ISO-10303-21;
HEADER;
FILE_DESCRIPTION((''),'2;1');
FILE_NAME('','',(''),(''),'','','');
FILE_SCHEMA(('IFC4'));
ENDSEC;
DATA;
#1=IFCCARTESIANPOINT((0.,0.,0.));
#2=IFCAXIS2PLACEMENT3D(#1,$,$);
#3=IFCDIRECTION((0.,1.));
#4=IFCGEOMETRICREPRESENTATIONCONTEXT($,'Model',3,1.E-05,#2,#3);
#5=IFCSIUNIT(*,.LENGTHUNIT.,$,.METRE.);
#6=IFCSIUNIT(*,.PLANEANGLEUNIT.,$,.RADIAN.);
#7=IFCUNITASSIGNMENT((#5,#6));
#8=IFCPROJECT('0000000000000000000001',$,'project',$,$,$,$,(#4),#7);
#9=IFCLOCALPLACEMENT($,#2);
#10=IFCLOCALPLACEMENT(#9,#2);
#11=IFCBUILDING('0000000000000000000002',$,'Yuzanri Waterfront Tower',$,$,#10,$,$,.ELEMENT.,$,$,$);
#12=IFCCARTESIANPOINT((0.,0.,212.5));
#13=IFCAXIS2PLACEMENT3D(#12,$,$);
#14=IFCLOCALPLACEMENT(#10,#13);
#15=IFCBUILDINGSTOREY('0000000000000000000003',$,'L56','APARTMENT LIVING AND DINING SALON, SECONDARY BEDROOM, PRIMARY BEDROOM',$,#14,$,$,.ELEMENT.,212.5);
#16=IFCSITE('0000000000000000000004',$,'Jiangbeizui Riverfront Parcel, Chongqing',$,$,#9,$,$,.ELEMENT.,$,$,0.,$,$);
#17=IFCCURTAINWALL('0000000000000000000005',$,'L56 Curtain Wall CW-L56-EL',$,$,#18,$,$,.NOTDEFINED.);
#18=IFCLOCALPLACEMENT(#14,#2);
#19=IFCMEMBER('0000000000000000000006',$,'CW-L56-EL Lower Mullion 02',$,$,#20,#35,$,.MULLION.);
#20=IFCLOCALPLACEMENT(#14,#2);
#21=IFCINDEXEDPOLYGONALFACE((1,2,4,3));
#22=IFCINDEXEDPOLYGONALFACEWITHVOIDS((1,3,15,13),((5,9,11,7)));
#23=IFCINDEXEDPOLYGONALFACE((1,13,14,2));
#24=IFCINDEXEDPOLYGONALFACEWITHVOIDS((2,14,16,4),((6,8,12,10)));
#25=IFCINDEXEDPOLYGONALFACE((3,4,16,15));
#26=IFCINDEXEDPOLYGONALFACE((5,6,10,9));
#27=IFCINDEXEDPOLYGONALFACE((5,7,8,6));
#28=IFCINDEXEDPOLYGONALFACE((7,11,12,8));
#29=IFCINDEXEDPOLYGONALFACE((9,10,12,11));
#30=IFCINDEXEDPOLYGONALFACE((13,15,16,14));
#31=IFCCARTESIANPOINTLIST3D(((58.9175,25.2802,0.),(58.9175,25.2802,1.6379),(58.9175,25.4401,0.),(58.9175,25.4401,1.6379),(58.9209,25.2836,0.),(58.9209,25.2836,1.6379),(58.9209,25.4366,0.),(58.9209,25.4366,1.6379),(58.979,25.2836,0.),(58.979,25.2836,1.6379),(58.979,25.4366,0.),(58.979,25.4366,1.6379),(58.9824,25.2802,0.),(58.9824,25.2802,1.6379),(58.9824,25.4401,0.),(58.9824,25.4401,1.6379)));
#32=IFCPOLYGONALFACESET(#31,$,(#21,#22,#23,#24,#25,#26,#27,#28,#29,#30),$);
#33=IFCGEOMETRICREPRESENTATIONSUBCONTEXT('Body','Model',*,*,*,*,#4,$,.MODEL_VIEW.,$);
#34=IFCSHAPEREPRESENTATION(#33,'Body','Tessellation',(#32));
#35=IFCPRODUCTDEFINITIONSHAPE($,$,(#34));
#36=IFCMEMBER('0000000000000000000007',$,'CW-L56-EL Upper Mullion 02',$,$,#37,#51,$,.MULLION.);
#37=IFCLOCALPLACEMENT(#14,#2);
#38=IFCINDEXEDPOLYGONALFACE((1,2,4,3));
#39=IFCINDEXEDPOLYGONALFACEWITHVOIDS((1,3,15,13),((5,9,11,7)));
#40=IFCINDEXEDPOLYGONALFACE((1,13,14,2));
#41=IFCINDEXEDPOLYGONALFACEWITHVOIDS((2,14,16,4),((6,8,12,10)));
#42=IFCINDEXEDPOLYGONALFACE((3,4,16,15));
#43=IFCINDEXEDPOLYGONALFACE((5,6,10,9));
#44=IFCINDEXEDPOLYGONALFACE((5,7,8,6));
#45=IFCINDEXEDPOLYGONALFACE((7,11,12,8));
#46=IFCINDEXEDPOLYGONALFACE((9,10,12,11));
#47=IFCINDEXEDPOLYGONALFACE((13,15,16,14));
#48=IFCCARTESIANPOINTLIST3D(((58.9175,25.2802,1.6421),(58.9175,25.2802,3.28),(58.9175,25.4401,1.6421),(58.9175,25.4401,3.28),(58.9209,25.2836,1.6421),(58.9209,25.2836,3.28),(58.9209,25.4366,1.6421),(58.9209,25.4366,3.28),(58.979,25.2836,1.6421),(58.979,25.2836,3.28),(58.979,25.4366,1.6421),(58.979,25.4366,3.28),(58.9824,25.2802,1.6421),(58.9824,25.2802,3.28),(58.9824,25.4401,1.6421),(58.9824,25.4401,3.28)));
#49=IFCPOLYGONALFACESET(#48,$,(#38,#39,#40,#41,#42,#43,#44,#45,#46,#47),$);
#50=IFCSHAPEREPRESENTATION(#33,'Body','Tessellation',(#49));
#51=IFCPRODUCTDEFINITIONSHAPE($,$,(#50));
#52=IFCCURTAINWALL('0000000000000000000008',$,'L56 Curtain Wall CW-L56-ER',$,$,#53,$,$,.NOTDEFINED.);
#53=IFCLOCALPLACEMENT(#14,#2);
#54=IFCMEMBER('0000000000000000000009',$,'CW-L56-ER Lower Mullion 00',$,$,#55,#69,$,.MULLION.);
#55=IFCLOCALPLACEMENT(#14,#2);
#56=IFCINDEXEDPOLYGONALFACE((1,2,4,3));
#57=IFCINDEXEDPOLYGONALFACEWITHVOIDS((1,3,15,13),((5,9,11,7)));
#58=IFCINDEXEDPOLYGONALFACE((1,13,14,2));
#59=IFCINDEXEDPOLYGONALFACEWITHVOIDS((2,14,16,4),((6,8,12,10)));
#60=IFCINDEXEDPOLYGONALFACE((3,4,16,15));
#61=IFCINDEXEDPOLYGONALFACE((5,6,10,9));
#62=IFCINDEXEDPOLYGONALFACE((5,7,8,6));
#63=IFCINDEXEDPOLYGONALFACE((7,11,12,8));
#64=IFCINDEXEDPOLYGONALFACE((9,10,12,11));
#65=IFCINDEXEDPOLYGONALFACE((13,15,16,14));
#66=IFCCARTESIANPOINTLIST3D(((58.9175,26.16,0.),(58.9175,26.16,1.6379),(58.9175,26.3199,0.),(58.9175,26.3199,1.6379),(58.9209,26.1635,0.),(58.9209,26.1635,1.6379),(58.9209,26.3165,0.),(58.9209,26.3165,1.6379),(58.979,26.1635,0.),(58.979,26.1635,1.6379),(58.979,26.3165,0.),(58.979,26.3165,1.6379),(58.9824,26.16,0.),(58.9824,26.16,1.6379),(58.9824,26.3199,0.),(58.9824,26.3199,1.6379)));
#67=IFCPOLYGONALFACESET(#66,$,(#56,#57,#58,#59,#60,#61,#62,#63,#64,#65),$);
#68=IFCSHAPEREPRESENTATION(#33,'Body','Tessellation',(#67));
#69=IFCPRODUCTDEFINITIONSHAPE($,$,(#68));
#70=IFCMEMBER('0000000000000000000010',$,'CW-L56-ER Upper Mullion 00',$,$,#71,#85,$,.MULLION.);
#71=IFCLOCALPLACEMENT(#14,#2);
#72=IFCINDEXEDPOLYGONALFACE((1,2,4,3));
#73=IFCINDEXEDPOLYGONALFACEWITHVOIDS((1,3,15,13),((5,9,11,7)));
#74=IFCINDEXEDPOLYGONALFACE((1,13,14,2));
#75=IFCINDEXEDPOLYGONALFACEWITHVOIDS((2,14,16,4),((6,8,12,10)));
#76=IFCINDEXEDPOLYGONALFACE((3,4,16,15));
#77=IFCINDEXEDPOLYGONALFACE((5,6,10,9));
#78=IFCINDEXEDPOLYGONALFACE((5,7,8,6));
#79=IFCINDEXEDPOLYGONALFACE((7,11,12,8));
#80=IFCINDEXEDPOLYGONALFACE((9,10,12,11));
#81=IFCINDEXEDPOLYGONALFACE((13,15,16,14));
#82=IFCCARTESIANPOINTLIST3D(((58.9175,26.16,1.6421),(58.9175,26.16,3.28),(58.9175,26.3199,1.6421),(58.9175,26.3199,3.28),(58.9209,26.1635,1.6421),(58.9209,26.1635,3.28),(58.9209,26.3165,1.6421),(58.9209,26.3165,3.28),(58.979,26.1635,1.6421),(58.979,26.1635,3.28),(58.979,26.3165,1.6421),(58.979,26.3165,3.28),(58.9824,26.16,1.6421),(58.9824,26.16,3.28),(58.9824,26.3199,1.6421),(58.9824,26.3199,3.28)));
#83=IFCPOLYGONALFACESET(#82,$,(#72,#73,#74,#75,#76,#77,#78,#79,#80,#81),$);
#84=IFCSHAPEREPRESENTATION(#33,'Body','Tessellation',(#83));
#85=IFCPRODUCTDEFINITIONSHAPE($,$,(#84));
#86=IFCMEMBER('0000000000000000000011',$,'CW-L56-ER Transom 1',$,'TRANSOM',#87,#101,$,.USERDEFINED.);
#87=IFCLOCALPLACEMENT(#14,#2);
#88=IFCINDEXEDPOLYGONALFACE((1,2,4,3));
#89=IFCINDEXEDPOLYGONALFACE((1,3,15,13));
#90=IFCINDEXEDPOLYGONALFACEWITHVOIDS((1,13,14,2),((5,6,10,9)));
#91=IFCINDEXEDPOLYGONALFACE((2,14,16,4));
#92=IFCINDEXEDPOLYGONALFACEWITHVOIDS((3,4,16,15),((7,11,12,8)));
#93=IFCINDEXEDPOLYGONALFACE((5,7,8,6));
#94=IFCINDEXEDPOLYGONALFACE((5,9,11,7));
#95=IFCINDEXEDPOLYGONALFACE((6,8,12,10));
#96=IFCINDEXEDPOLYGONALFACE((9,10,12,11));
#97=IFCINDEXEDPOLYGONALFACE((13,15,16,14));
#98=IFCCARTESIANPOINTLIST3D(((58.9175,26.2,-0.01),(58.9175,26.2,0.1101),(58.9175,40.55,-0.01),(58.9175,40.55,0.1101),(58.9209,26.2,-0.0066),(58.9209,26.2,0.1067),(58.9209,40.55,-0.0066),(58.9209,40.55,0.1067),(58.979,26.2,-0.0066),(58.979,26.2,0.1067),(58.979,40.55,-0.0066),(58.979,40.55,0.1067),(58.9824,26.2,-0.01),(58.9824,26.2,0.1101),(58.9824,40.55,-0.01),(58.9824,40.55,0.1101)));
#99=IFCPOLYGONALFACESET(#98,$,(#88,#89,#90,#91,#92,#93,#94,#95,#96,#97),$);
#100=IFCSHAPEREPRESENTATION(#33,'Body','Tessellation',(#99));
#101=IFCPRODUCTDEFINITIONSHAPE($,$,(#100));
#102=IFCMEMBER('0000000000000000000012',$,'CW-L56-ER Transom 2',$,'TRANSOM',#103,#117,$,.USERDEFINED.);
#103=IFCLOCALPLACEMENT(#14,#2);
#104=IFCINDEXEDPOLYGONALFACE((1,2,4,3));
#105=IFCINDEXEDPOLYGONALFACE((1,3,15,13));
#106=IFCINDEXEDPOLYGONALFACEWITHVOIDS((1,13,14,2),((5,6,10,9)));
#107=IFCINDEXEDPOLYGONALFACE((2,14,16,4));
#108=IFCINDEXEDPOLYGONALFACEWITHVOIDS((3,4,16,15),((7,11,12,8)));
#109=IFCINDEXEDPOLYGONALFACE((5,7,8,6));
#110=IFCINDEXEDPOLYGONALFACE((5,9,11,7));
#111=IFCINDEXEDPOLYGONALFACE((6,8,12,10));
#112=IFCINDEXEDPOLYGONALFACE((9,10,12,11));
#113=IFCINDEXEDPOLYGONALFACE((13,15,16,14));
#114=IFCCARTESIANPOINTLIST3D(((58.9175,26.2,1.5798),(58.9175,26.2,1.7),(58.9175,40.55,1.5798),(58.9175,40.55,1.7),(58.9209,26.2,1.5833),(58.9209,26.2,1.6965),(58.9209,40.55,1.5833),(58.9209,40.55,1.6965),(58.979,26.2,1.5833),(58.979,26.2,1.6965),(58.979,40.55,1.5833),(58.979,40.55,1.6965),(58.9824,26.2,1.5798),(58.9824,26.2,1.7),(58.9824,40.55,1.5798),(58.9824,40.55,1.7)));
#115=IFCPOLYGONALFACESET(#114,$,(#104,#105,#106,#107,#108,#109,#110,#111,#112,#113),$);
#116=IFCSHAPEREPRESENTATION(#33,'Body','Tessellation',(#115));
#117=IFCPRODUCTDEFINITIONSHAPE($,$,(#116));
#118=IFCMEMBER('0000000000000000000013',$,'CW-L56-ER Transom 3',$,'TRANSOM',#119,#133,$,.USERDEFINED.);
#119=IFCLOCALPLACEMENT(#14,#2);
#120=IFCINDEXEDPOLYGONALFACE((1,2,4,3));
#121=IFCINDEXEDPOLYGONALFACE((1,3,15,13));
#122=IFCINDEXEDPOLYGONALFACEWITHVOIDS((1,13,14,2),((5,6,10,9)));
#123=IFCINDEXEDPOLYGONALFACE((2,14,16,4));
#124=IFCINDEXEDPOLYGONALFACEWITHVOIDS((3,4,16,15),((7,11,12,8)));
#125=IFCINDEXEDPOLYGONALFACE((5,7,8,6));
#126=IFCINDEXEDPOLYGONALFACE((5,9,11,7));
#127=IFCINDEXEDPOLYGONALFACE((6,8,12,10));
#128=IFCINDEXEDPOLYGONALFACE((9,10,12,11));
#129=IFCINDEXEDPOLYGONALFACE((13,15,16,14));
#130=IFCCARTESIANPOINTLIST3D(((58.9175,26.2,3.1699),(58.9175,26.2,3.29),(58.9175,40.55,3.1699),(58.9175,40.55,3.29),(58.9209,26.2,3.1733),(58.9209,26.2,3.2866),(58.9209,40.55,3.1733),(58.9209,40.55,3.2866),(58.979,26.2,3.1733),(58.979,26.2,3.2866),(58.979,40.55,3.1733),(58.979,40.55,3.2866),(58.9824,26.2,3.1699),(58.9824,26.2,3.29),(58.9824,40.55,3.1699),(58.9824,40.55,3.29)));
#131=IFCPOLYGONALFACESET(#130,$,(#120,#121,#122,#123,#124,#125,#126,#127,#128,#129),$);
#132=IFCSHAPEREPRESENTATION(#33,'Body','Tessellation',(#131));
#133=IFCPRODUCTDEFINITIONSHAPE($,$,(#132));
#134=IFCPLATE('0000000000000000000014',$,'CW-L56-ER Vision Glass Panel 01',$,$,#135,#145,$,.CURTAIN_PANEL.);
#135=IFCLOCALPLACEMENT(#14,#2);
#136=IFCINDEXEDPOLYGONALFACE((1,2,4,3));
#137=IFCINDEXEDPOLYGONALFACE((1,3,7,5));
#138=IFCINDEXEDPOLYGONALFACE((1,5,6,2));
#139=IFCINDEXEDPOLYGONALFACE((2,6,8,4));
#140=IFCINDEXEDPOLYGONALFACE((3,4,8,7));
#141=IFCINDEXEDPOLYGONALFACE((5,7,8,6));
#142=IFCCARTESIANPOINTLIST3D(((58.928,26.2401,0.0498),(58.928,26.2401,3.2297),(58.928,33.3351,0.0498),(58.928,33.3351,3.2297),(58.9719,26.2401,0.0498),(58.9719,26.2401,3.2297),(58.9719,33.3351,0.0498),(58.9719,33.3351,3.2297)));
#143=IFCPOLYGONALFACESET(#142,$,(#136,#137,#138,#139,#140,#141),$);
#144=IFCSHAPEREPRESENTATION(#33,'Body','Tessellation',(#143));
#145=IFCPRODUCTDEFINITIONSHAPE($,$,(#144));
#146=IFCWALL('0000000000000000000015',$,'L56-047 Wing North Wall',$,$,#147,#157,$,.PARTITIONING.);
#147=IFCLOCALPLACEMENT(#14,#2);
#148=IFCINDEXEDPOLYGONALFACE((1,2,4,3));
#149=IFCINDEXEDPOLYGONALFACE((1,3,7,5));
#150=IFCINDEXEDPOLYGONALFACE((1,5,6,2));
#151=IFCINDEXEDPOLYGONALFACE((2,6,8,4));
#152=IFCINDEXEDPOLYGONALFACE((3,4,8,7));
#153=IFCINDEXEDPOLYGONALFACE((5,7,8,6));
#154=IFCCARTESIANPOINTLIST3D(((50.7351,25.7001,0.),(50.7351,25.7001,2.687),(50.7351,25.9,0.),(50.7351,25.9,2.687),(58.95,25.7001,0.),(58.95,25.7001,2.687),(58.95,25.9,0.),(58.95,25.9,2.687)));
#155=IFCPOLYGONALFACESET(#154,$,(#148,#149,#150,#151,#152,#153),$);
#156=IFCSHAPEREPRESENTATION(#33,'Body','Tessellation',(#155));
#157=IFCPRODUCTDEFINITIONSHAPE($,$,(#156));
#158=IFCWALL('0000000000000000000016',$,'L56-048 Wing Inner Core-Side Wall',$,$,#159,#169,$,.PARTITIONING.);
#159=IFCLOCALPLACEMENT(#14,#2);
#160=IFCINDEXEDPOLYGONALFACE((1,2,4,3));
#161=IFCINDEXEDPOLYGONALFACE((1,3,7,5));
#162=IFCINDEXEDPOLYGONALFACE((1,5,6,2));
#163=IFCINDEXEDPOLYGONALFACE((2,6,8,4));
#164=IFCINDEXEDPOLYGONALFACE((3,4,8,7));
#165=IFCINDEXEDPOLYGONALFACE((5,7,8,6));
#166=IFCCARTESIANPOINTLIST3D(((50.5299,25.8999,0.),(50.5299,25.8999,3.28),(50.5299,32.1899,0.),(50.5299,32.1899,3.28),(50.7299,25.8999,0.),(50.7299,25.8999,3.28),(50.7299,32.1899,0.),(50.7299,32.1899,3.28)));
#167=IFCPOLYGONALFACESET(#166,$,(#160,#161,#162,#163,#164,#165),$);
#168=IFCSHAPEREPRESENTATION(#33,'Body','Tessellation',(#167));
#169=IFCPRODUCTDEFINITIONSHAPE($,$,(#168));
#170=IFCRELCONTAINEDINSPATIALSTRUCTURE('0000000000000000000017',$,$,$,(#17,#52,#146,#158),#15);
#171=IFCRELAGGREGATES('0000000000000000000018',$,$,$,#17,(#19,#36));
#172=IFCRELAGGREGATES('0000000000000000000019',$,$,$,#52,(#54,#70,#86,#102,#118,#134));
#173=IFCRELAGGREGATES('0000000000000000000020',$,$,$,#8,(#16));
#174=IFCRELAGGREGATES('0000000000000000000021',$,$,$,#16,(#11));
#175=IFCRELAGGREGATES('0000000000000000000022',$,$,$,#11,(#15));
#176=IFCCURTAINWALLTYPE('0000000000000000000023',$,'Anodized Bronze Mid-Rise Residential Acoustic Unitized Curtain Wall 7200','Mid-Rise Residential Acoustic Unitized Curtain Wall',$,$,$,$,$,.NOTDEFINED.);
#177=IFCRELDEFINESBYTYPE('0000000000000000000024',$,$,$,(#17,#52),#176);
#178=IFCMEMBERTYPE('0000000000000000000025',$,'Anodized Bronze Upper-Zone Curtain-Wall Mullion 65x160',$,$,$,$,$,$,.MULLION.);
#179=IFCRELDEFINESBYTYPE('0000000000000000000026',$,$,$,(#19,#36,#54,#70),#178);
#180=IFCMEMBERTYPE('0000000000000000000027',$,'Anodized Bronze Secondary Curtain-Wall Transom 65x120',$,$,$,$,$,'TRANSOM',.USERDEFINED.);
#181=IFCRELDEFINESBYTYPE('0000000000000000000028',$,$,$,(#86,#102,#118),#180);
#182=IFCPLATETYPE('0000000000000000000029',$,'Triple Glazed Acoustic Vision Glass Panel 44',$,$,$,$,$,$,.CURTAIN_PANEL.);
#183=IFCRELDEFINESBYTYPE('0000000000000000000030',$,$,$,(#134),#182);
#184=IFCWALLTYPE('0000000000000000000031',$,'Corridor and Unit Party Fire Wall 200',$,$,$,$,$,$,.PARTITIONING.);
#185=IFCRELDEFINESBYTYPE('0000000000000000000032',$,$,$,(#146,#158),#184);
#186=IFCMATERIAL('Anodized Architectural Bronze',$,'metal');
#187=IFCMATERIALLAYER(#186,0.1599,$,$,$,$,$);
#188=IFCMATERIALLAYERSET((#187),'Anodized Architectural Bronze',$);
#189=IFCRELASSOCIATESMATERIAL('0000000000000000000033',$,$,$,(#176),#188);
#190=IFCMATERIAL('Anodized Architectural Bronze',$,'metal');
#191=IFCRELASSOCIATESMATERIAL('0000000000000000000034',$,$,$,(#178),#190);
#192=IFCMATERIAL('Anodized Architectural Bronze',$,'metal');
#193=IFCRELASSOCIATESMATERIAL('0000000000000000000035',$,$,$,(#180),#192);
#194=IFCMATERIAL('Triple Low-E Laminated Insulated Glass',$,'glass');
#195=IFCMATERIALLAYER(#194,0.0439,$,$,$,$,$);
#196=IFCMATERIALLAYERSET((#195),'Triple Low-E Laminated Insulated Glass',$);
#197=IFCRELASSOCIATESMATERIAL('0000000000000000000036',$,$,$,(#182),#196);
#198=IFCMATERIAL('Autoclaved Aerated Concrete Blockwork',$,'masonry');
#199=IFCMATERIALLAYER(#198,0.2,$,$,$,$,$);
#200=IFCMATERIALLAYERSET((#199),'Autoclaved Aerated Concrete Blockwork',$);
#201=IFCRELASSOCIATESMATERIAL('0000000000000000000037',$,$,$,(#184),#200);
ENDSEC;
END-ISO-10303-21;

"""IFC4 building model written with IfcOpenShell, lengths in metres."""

from ifc_helpers import new_model, si_unit, direction, frame, frame_2d, origin, origin_2d, place, context, subcontext, project, spatial, rectangle, hollow_rectangle, extrude, source, transform, mapped, material, layer, layer_set, material_profile, profile_set, type_object, element, aggregate, save


model = new_model("IFC4")

# Units and contexts
model_context = context("Model", 3, precision=1e-05, world=origin(), true_north=direction((0.0, 1.0)))
body_context = subcontext(model_context, "Body", "Model", "MODEL_VIEW")
ifc_project = project(units=[si_unit("LENGTHUNIT", "METRE"), si_unit("PLANEANGLEUNIT", "RADIAN")], contexts=[model_context])

# Site, building, storey
site_placement = place(None, origin())
site = spatial("IfcSite", under=ifc_project, at=site_placement, Name="Jiangbeizui Riverfront Parcel, Chongqing", CompositionType="ELEMENT", RefElevation=0.0)
building_placement = place(site_placement, origin())
building = spatial("IfcBuilding", under=site, at=building_placement, Name="Yuzanri Waterfront Tower", CompositionType="ELEMENT")
storey_placement = place(building_placement, frame((0.0, 0.0, 212.5)))
storey = spatial("IfcBuildingStorey", under=building, at=storey_placement, Name="L56", Description="APARTMENT LIVING AND DINING SALON, SECONDARY BEDROOM, PRIMARY BEDROOM", CompositionType="ELEMENT", Elevation=212.5)

# Curtain wall, members
ifc_material_1 = material(Name="Anodized Architectural Bronze", Category="metal")
ifc_layer_1 = layer(ifc_material_1, 0.1599)
ifc_layer_set_1 = layer_set([ifc_layer_1], Name="Anodized Architectural Bronze")
curtain_wall_type = type_object("IfcCurtainWallType", Name="Anodized Bronze Mid-Rise Residential Acoustic Unitized Curtain Wall 7200", Description="Mid-Rise Residential Acoustic Unitized Curtain Wall", PredefinedType="NOTDEFINED", material=ifc_layer_set_1)
curtain_wall_1_placement = place(storey_placement, origin())
curtain_wall_1 = element("IfcCurtainWall", 1, at=curtain_wall_1_placement, inside=storey, type_object=curtain_wall_type, Name="L56 Curtain Wall CW-L56-EL", PredefinedType="NOTDEFINED")
ifc_material_2 = material(Name="Anodized Architectural Bronze", Category="metal")
ifc_material_profile_1 = material_profile(ifc_material_2, hollow_rectangle(XDim=0.0649, YDim=0.1599, WallThickness=0.0034, at=origin_2d()), Name="CWM 65x160")
ifc_profile_set_1 = profile_set([ifc_material_profile_1], Name="Anodized Architectural Bronze")
member_type_1 = type_object("IfcMemberType", Name="Anodized Bronze Upper-Zone Curtain-Wall Mullion 65x160", PredefinedType="MULLION", material=ifc_profile_set_1)
shared_shape_1 = source(origin(), body_context, "Body", "SweptSolid", [
    extrude(hollow_rectangle(XDim=0.0649, YDim=0.1599, WallThickness=0.0034, at=origin_2d()), origin(), (0.0, 0.0, 1.0), 1.6379),
])
member_1_placement = place(storey_placement, frame((58.95, 25.3601, 0.0), z_axis=(0.0, 0.0, 1.0), x_axis=(1.0, 0.0, 0.0)))
member_1 = element("IfcMember", 2, at=member_1_placement, type_object=member_type_1, Name="CW-L56-EL Lower Mullion 02", PredefinedType="MULLION", context=body_context, shape_type="MappedRepresentation", body=[
    mapped(shared_shape_1, transform((0.0, 0.0, 0.0), scale=1.0)),
])
member_2_placement = place(storey_placement, frame((58.95, 25.3601, 1.6421), z_axis=(0.0, 0.0, 1.0), x_axis=(1.0, 0.0, 0.0)))
member_2 = element("IfcMember", 3, at=member_2_placement, type_object=member_type_1, Name="CW-L56-EL Upper Mullion 02", PredefinedType="MULLION", context=body_context, shape_type="MappedRepresentation", body=[
    mapped(shared_shape_1, transform((0.0, 0.0, 0.0), scale=1.0)),
])
aggregate(curtain_wall_1, [member_1, member_2])

# Curtain wall, members, plate
curtain_wall_2_placement = place(storey_placement, origin())
curtain_wall_2 = element("IfcCurtainWall", 4, at=curtain_wall_2_placement, inside=storey, type_object=curtain_wall_type, Name="L56 Curtain Wall CW-L56-ER", PredefinedType="NOTDEFINED")
member_3_placement = place(storey_placement, frame((58.95, 26.24, 0.0), z_axis=(0.0, 0.0, 1.0), x_axis=(1.0, 0.0, 0.0)))
member_3 = element("IfcMember", 5, at=member_3_placement, type_object=member_type_1, Name="CW-L56-ER Lower Mullion 00", PredefinedType="MULLION", context=body_context, shape_type="MappedRepresentation", body=[
    mapped(shared_shape_1, transform((0.0, 0.0, 0.0), scale=1.0)),
])
member_4_placement = place(storey_placement, frame((58.95, 26.24, 1.6421), z_axis=(0.0, 0.0, 1.0), x_axis=(1.0, 0.0, 0.0)))
member_4 = element("IfcMember", 6, at=member_4_placement, type_object=member_type_1, Name="CW-L56-ER Upper Mullion 00", PredefinedType="MULLION", context=body_context, shape_type="MappedRepresentation", body=[
    mapped(shared_shape_1, transform((0.0, 0.0, 0.0), scale=1.0)),
])
ifc_material_3 = material(Name="Anodized Architectural Bronze", Category="metal")
ifc_material_profile_2 = material_profile(ifc_material_3, hollow_rectangle(XDim=0.0649, YDim=0.1201, WallThickness=0.0034, at=origin_2d()), Name="CWT 65x120")
ifc_profile_set_2 = profile_set([ifc_material_profile_2], Name="Anodized Architectural Bronze")
member_type_2 = type_object("IfcMemberType", Name="Anodized Bronze Secondary Curtain-Wall Transom 65x120", ElementType="TRANSOM", PredefinedType="USERDEFINED", material=ifc_profile_set_2)
shared_shape_2 = source(origin(), body_context, "Body", "SweptSolid", [
    extrude(hollow_rectangle(XDim=0.0649, YDim=0.1201, WallThickness=0.0034, at=origin_2d()), origin(), (0.0, 0.0, 1.0), 14.3501),
])
member_5_placement = place(storey_placement, frame((58.95, 26.2, 0.05), z_axis=(0.0, 1.0, 0.0), x_axis=(-1.0, 0.0, 0.0)))
member_5 = element("IfcMember", 7, at=member_5_placement, type_object=member_type_2, Name="CW-L56-ER Transom 1", ObjectType="TRANSOM", PredefinedType="USERDEFINED", context=body_context, shape_type="MappedRepresentation", body=[
    mapped(shared_shape_2, transform((0.0, 0.0, 0.0), scale=1.0)),
])
member_6_placement = place(storey_placement, frame((58.95, 26.2, 1.6399), z_axis=(0.0, 1.0, 0.0), x_axis=(-1.0, 0.0, 0.0)))
member_6 = element("IfcMember", 8, at=member_6_placement, type_object=member_type_2, Name="CW-L56-ER Transom 2", ObjectType="TRANSOM", PredefinedType="USERDEFINED", context=body_context, shape_type="MappedRepresentation", body=[
    mapped(shared_shape_2, transform((0.0, 0.0, 0.0), scale=1.0)),
])
member_7_placement = place(storey_placement, frame((58.95, 26.2, 3.23), z_axis=(0.0, 1.0, 0.0), x_axis=(-1.0, 0.0, 0.0)))
member_7 = element("IfcMember", 9, at=member_7_placement, type_object=member_type_2, Name="CW-L56-ER Transom 3", ObjectType="TRANSOM", PredefinedType="USERDEFINED", context=body_context, shape_type="MappedRepresentation", body=[
    mapped(shared_shape_2, transform((0.0, 0.0, 0.0), scale=1.0)),
])
ifc_material_4 = material(Name="Triple Low-E Laminated Insulated Glass", Category="glass")
ifc_layer_2 = layer(ifc_material_4, 0.0439)
ifc_layer_set_2 = layer_set([ifc_layer_2], Name="Triple Low-E Laminated Insulated Glass")
plate_type = type_object("IfcPlateType", Name="Triple Glazed Acoustic Vision Glass Panel 44", PredefinedType="CURTAIN_PANEL", material=ifc_layer_set_2)
shared_shape_3 = source(origin(), body_context, "Body", "SweptSolid", [
    extrude(rectangle(XDim=7.095, YDim=0.0439, at=origin_2d()), origin(), (0.0, 0.0, 1.0), 3.1799),
])
plate_placement = place(storey_placement, frame((58.95, 29.7876, 0.0498), z_axis=(0.0, 0.0, 1.0), x_axis=(0.0, 1.0, 0.0)))
plate = element("IfcPlate", 10, at=plate_placement, type_object=plate_type, Name="CW-L56-ER Vision Glass Panel 01", PredefinedType="CURTAIN_PANEL", context=body_context, shape_type="MappedRepresentation", body=[
    mapped(shared_shape_3, transform((0.0, 0.0, 0.0), scale=1.0)),
])
aggregate(curtain_wall_2, [member_3, member_4, member_5, member_6, member_7, plate])

# Walls
ifc_material_5 = material(Name="Autoclaved Aerated Concrete Blockwork", Category="masonry")
ifc_layer_3 = layer(ifc_material_5, 0.2)
ifc_layer_set_3 = layer_set([ifc_layer_3], Name="Autoclaved Aerated Concrete Blockwork")
wall_type = type_object("IfcWallType", Name="Corridor and Unit Party Fire Wall 200", PredefinedType="PARTITIONING", material=ifc_layer_set_3)
shared_shape_4 = source(origin(), body_context, "Body", "SweptSolid", [
    extrude(rectangle(XDim=8.2148, YDim=0.2, at=frame_2d((4.1074, 0.0))), origin(), (0.0, 0.0, 1.0), 2.687),
])
wall_1_placement = place(storey_placement, frame((50.7351, 25.8, 0.0), z_axis=(0.0, 0.0, 1.0), x_axis=(1.0, 0.0, 0.0)))
element("IfcWall", 11, at=wall_1_placement, inside=storey, type_object=wall_type, Name="L56-047 Wing North Wall", PredefinedType="PARTITIONING", context=body_context, shape_type="MappedRepresentation", body=[
    mapped(shared_shape_4, transform((0.0, 0.0, 0.0), scale=1.0)),
])
shared_shape_5 = source(origin(), body_context, "Body", "SweptSolid", [
    extrude(rectangle(XDim=6.29, YDim=0.2, at=frame_2d((3.145, 0.0))), origin(), (0.0, 0.0, 1.0), 3.28),
])
wall_2_placement = place(storey_placement, frame((50.6299, 25.8999, 0.0), z_axis=(0.0, 0.0, 1.0), x_axis=(0.0, 1.0, 0.0)))
element("IfcWall", 12, at=wall_2_placement, inside=storey, type_object=wall_type, Name="L56-048 Wing Inner Core-Side Wall", PredefinedType="PARTITIONING", context=body_context, shape_type="MappedRepresentation", body=[
    mapped(shared_shape_5, transform((0.0, 0.0, 0.0), scale=1.0)),
])

save(model, "model.ifc")
